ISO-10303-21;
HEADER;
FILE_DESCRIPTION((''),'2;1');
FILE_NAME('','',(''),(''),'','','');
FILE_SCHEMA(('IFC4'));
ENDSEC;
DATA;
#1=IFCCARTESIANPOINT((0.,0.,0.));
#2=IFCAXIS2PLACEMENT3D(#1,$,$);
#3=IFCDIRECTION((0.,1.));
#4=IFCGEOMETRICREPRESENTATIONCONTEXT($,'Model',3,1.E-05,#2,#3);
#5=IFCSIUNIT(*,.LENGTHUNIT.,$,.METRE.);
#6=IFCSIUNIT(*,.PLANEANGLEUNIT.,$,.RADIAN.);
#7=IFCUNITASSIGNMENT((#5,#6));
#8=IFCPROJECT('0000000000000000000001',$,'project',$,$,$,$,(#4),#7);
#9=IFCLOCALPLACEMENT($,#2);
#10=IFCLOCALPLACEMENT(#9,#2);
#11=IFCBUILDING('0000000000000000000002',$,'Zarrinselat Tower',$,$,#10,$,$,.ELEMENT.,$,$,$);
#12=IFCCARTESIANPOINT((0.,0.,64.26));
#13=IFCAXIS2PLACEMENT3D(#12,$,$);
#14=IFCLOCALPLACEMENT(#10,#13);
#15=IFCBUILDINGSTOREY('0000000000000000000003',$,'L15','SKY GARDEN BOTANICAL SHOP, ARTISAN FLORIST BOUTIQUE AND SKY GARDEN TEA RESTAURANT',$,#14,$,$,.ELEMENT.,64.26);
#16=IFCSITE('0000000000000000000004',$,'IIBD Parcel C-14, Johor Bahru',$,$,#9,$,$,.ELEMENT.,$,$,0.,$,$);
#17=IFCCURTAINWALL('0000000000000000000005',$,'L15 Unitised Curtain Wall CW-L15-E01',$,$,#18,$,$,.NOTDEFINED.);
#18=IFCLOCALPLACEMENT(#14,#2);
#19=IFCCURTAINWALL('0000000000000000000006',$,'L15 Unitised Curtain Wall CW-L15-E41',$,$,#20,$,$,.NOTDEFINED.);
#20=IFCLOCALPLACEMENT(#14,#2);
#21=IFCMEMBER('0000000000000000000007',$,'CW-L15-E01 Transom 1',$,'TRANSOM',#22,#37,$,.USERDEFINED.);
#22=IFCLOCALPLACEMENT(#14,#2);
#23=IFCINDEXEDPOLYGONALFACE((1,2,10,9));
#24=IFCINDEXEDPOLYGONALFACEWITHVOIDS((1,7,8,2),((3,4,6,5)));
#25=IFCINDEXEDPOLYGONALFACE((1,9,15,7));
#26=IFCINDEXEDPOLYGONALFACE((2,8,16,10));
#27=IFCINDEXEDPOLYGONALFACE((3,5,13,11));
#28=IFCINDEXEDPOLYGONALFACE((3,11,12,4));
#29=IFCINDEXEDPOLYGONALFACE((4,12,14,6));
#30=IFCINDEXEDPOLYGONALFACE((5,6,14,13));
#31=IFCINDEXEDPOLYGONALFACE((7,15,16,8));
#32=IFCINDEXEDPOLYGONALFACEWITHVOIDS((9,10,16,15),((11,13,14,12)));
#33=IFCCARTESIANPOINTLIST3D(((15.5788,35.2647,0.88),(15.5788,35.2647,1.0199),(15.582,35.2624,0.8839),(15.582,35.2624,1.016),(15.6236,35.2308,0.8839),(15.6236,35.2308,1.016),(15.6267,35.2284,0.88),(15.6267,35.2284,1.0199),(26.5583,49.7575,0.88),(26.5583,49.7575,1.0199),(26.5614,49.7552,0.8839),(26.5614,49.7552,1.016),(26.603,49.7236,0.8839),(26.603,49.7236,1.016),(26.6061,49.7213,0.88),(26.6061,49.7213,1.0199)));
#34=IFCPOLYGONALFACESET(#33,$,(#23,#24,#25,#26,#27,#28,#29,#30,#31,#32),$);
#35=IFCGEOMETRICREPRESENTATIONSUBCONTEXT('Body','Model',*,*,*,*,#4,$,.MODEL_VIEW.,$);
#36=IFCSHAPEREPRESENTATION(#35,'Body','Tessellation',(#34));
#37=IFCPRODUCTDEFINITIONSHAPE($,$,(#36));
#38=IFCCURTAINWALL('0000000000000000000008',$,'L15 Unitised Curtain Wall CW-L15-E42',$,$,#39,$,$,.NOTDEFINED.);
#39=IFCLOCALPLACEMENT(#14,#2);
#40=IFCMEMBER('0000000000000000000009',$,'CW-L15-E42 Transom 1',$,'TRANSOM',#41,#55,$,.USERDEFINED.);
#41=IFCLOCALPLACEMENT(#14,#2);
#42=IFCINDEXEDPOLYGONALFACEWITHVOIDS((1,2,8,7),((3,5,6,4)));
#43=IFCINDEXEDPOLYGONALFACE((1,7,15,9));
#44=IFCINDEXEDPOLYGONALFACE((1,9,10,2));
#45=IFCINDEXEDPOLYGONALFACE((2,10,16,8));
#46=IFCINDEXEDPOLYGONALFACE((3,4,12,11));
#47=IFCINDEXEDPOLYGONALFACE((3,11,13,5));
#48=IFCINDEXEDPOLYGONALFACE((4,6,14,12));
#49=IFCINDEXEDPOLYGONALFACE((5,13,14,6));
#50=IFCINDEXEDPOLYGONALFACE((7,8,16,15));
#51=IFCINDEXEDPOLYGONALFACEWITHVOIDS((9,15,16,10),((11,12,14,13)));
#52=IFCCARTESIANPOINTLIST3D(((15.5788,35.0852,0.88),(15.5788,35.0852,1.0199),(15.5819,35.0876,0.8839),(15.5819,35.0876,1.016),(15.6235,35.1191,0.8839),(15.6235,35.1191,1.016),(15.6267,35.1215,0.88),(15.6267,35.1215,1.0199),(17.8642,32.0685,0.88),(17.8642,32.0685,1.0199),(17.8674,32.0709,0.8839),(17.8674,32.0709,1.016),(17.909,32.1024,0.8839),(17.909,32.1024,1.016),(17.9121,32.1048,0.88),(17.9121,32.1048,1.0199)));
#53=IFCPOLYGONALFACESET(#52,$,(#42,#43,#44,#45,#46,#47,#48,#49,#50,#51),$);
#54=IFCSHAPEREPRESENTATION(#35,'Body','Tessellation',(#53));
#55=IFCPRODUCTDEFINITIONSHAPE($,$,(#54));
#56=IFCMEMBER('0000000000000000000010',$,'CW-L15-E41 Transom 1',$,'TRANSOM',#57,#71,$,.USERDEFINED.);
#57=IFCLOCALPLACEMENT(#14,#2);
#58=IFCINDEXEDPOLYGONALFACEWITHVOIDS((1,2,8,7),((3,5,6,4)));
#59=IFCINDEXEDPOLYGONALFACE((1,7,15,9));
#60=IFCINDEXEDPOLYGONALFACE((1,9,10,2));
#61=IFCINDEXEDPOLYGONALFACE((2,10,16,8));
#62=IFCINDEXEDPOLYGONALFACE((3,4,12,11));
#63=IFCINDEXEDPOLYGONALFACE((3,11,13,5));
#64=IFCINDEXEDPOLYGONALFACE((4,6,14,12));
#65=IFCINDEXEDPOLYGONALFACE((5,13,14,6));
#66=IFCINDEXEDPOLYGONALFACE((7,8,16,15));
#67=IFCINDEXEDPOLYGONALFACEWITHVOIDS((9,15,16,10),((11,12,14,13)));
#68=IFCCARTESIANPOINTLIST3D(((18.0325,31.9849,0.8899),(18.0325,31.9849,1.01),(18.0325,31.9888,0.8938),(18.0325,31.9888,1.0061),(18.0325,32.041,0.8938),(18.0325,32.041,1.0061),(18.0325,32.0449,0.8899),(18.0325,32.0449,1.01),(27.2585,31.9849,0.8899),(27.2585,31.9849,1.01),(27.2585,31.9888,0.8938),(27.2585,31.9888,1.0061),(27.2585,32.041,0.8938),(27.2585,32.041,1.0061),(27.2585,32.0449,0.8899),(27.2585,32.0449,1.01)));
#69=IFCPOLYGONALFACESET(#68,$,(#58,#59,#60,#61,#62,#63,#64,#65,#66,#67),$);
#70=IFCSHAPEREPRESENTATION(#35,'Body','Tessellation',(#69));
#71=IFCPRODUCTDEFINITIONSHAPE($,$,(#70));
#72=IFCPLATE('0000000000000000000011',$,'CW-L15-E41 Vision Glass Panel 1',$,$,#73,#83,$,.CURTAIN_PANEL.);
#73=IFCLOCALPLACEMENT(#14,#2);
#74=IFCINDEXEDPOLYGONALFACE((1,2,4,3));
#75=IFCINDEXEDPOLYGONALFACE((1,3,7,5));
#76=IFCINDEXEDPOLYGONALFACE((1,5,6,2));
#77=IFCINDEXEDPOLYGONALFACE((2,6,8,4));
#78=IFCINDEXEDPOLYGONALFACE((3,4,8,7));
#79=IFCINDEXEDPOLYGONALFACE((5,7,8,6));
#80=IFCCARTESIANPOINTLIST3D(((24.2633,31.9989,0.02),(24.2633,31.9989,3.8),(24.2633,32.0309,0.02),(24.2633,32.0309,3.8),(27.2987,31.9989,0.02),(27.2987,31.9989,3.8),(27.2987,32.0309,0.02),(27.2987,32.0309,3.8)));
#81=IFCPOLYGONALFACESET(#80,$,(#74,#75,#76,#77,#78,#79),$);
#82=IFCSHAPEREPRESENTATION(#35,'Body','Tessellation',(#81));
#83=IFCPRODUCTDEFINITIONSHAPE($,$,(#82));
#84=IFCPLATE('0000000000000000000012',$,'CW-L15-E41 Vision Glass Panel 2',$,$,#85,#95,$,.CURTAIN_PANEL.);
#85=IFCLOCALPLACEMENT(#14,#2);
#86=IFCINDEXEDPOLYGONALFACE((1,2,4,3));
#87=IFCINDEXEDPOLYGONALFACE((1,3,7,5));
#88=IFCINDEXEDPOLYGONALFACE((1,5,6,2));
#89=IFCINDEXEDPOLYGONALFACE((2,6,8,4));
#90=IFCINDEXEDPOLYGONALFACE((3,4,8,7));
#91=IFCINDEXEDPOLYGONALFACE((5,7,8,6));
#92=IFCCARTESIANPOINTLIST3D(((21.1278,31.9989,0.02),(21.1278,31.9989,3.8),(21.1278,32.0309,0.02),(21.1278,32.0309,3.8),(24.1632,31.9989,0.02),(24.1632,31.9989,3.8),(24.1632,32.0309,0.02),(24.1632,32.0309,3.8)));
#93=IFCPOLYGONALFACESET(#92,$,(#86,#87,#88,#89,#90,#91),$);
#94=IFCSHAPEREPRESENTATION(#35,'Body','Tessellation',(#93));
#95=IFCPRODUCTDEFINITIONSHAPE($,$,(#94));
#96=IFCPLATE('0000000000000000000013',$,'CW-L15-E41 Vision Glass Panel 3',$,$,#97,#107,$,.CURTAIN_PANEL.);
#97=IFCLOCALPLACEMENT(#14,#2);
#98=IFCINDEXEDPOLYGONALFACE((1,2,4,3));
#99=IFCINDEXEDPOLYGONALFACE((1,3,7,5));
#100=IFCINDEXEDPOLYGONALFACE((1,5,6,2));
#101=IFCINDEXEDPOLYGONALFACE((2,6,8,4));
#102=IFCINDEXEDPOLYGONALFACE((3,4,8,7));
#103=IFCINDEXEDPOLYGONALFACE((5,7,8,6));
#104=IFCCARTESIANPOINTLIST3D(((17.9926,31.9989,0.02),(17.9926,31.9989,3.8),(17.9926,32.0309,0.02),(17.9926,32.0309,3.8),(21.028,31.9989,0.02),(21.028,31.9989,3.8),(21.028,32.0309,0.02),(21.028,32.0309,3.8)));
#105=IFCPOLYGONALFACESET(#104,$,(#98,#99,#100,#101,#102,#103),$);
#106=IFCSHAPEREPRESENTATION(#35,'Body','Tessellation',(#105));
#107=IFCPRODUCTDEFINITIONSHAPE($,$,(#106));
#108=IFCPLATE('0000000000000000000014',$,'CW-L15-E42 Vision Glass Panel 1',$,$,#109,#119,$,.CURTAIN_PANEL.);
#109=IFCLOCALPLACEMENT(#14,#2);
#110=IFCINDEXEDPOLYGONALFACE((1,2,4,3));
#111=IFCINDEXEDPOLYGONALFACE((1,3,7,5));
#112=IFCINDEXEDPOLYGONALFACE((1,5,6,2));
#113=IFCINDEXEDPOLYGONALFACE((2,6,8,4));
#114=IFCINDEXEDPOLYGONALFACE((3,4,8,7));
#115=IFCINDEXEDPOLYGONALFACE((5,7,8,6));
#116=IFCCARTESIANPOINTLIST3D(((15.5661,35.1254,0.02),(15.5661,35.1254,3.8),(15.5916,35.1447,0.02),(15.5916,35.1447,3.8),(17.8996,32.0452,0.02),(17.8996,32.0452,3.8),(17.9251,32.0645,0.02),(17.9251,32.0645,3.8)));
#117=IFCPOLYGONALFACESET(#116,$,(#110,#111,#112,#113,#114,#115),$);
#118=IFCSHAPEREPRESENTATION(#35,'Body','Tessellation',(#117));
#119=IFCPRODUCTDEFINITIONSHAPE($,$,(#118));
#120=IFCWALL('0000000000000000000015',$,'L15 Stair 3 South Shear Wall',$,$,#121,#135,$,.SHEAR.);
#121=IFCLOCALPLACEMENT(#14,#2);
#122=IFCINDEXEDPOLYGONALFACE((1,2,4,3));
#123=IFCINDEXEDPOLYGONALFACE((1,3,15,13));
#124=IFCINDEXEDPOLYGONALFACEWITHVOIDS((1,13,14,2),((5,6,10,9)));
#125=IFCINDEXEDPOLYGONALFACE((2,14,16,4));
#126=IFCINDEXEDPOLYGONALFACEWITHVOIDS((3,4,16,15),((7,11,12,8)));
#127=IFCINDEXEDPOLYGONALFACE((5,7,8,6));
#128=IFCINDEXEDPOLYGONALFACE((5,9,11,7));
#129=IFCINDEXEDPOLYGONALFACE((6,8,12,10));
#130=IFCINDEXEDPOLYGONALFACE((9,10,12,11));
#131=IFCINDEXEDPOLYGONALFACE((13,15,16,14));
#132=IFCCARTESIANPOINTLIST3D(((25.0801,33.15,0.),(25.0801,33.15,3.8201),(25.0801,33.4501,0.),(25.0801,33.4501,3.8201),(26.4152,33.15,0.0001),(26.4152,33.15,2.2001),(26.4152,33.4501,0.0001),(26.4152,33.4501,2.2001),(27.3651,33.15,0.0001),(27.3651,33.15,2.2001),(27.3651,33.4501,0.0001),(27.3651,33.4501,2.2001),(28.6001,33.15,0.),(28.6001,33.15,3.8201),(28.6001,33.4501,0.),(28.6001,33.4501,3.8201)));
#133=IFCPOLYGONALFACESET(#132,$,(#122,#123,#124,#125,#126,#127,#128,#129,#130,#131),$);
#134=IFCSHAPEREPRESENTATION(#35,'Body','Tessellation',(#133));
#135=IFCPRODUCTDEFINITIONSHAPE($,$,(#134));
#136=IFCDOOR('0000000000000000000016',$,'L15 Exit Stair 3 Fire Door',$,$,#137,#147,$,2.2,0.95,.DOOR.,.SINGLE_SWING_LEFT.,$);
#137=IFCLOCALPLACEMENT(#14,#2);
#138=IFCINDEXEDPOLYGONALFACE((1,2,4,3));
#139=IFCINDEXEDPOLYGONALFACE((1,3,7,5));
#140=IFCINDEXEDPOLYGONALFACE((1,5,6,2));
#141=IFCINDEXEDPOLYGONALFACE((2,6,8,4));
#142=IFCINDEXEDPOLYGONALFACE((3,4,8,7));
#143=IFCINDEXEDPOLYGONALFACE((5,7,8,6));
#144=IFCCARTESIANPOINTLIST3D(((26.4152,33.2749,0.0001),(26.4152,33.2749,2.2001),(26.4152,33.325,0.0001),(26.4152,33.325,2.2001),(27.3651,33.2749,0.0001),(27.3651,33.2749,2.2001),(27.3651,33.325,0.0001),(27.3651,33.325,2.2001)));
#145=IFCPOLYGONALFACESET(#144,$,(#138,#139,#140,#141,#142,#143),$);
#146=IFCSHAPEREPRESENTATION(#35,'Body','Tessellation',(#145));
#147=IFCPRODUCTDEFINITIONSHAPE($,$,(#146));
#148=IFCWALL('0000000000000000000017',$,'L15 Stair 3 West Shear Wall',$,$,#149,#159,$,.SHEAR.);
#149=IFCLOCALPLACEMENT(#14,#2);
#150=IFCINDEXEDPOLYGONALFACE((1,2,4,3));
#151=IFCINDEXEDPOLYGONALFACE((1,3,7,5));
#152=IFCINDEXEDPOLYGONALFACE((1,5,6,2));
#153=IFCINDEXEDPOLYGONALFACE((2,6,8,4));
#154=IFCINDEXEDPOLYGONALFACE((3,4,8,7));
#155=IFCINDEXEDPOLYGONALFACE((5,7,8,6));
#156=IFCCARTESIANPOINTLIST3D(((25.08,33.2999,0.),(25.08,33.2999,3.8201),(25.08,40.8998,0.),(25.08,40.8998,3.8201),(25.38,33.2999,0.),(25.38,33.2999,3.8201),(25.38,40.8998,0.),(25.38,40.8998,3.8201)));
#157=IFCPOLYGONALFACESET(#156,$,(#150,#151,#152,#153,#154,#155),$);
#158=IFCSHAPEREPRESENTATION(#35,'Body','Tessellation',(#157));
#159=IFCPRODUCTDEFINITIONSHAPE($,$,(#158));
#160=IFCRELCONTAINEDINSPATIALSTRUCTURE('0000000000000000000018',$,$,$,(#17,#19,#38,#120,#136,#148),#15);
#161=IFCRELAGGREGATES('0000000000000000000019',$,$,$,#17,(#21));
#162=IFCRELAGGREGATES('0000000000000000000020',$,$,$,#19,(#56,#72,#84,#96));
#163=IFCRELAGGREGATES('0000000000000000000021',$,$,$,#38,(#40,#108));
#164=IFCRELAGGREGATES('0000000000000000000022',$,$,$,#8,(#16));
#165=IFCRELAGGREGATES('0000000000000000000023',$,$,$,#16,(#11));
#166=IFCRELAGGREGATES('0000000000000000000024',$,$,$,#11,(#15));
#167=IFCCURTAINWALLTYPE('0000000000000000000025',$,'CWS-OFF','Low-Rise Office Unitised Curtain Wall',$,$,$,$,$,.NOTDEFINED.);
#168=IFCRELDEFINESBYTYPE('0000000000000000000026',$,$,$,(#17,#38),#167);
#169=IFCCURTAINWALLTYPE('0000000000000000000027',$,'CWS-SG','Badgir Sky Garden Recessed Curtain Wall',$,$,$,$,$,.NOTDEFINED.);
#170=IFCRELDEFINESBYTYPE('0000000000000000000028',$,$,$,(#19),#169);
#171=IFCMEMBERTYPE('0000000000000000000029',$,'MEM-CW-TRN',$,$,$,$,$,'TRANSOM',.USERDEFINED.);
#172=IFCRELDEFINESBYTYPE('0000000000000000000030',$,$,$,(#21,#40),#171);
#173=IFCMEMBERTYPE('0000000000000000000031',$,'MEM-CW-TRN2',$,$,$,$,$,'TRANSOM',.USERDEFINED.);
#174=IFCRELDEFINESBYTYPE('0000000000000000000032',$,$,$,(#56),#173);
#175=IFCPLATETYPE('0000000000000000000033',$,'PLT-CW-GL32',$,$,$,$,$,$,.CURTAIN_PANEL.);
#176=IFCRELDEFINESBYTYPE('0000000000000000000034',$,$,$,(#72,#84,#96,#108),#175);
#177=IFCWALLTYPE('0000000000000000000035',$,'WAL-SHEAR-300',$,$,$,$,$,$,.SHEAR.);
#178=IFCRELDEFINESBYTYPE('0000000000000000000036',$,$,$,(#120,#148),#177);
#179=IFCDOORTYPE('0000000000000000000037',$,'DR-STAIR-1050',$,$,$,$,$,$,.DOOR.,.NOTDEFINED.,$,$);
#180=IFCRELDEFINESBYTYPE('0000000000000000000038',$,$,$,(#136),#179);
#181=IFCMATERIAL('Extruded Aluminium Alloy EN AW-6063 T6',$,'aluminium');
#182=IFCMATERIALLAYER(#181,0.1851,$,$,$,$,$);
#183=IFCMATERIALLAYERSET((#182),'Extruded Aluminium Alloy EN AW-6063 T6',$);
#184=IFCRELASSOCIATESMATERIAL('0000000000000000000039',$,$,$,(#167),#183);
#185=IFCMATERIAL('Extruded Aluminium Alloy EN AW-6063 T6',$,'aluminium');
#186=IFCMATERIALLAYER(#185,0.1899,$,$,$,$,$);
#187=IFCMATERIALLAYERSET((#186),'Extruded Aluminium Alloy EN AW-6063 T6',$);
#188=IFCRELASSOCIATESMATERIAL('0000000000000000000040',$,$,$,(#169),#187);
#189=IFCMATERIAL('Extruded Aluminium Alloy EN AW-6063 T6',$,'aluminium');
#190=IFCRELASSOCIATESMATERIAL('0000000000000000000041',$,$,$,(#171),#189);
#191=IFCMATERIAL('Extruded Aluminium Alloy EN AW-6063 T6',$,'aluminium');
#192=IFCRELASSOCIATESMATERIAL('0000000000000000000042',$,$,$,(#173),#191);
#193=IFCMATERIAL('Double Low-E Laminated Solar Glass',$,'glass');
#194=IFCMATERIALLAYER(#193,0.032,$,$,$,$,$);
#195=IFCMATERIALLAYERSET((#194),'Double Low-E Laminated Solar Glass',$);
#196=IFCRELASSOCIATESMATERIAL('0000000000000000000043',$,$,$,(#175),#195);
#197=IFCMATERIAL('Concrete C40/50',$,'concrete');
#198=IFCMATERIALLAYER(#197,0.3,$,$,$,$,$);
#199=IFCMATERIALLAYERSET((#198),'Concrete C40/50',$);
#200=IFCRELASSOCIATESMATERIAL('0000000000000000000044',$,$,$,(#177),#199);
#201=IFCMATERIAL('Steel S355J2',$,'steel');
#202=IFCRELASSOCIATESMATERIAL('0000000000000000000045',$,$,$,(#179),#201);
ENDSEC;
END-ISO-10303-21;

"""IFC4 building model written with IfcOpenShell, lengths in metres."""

from ifc_helpers import new_model, si_unit, direction, frame, frame_2d, origin, origin_2d, place, context, subcontext, project, spatial, rectangle, hollow_rectangle, extrude, material, layer, layer_set, material_profile, profile_set, type_object, element, fill, aggregate, save


model = new_model("IFC4")

# Units and contexts
model_context = context("Model", 3, precision=1e-05, world=origin(), true_north=direction((0.0, 1.0)))
body_context = subcontext(model_context, "Body", "Model", "MODEL_VIEW")
ifc_project = project(units=[si_unit("LENGTHUNIT", "METRE"), si_unit("PLANEANGLEUNIT", "RADIAN")], contexts=[model_context])

# Site, building, storey
site_placement = place(None, origin())
site = spatial("IfcSite", under=ifc_project, at=site_placement, Name="IIBD Parcel C-14, Johor Bahru", CompositionType="ELEMENT", RefElevation=0.0)
building_placement = place(site_placement, origin())
building = spatial("IfcBuilding", under=site, at=building_placement, Name="Zarrinselat Tower", CompositionType="ELEMENT")
storey_placement = place(building_placement, frame((0.0, 0.0, 64.26)))
storey = spatial("IfcBuildingStorey", under=building, at=storey_placement, Name="L15", Description="SKY GARDEN BOTANICAL SHOP, ARTISAN FLORIST BOUTIQUE AND SKY GARDEN TEA RESTAURANT", CompositionType="ELEMENT", Elevation=64.26)

# Curtain wall
ifc_material_1 = material(Name="Extruded Aluminium Alloy EN AW-6063 T6", Category="aluminium")
ifc_layer_1 = layer(ifc_material_1, 0.1851)
ifc_layer_set_1 = layer_set([ifc_layer_1], Name="Extruded Aluminium Alloy EN AW-6063 T6")
curtain_wall_type_1 = type_object("IfcCurtainWallType", Name="CWS-OFF", Description="Low-Rise Office Unitised Curtain Wall", PredefinedType="NOTDEFINED", material=ifc_layer_set_1)
curtain_wall_1_placement = place(storey_placement, origin())
curtain_wall_1 = element("IfcCurtainWall", 1, at=curtain_wall_1_placement, inside=storey, type_object=curtain_wall_type_1, Name="L15 Unitised Curtain Wall CW-L15-E01", PredefinedType="NOTDEFINED")

# Curtain wall
ifc_material_2 = material(Name="Extruded Aluminium Alloy EN AW-6063 T6", Category="aluminium")
ifc_layer_2 = layer(ifc_material_2, 0.1899)
ifc_layer_set_2 = layer_set([ifc_layer_2], Name="Extruded Aluminium Alloy EN AW-6063 T6")
curtain_wall_type_2 = type_object("IfcCurtainWallType", Name="CWS-SG", Description="Badgir Sky Garden Recessed Curtain Wall", PredefinedType="NOTDEFINED", material=ifc_layer_set_2)
curtain_wall_2_placement = place(storey_placement, origin())
curtain_wall_2 = element("IfcCurtainWall", 2, at=curtain_wall_2_placement, inside=storey, type_object=curtain_wall_type_2, Name="L15 Unitised Curtain Wall CW-L15-E41", PredefinedType="NOTDEFINED")

# Member
ifc_material_3 = material(Name="Extruded Aluminium Alloy EN AW-6063 T6", Category="aluminium")
ifc_material_profile_1 = material_profile(ifc_material_3, hollow_rectangle(XDim=0.0601, YDim=0.1399, WallThickness=0.0039, at=origin_2d()), Name="RHS 140x60x4")
ifc_profile_set_1 = profile_set([ifc_material_profile_1], Name="Extruded Aluminium Alloy EN AW-6063 T6")
member_type_1 = type_object("IfcMemberType", Name="MEM-CW-TRN", ElementType="TRANSOM", PredefinedType="USERDEFINED", material=ifc_profile_set_1)
member_1_placement = place(storey_placement, frame((15.6028, 35.2466, 0.95), z_axis=(0.603858, 0.797092, 0.0), x_axis=(-0.797092, 0.603858, 0.0)))
member_1 = element("IfcMember", 3, at=member_1_placement, type_object=member_type_1, Name="CW-L15-E01 Transom 1", ObjectType="TRANSOM", PredefinedType="USERDEFINED", context=body_context, shape_type="SweptSolid", body=[
    extrude(hollow_rectangle(XDim=0.0601, YDim=0.1399, WallThickness=0.0039, at=origin_2d()), origin(), (0.0, 0.0, 1.0), 18.1821),
])
aggregate(curtain_wall_1, [member_1])

# Curtain wall, member
curtain_wall_3_placement = place(storey_placement, origin())
curtain_wall_3 = element("IfcCurtainWall", 4, at=curtain_wall_3_placement, inside=storey, type_object=curtain_wall_type_1, Name="L15 Unitised Curtain Wall CW-L15-E42", PredefinedType="NOTDEFINED")
member_2_placement = place(storey_placement, frame((17.8882, 32.0867, 0.95), z_axis=(-0.603874, 0.79708, 0.0), x_axis=(-0.79708, -0.603874, 0.0)))
member_2 = element("IfcMember", 5, at=member_2_placement, type_object=member_type_1, Name="CW-L15-E42 Transom 1", ObjectType="TRANSOM", PredefinedType="USERDEFINED", context=body_context, shape_type="SweptSolid", body=[
    extrude(hollow_rectangle(XDim=0.0601, YDim=0.1399, WallThickness=0.0039, at=origin_2d()), origin(), (0.0, 0.0, 1.0), 3.7847),
])

# Member
ifc_material_4 = material(Name="Extruded Aluminium Alloy EN AW-6063 T6", Category="aluminium")
ifc_material_profile_2 = material_profile(ifc_material_4, hollow_rectangle(XDim=0.0601, YDim=0.1201, WallThickness=0.0039, at=origin_2d()), Name="RHS 120x60x4")
ifc_profile_set_2 = profile_set([ifc_material_profile_2], Name="Extruded Aluminium Alloy EN AW-6063 T6")
member_type_2 = type_object("IfcMemberType", Name="MEM-CW-TRN2", ElementType="TRANSOM", PredefinedType="USERDEFINED", material=ifc_profile_set_2)
member_3_placement = place(storey_placement, frame((27.2585, 32.0149, 0.95), z_axis=(-1.0, 0.0, 0.0), x_axis=(0.0, -1.0, 0.0)))
member_3 = element("IfcMember", 6, at=member_3_placement, type_object=member_type_2, Name="CW-L15-E41 Transom 1", ObjectType="TRANSOM", PredefinedType="USERDEFINED", context=body_context, shape_type="SweptSolid", body=[
    extrude(hollow_rectangle(XDim=0.0601, YDim=0.1201, WallThickness=0.0039, at=origin_2d()), origin(), (0.0, 0.0, 1.0), 9.2261),
])

# Plates
ifc_material_5 = material(Name="Double Low-E Laminated Solar Glass", Category="glass")
ifc_layer_3 = layer(ifc_material_5, 0.032)
ifc_layer_set_3 = layer_set([ifc_layer_3], Name="Double Low-E Laminated Solar Glass")
plate_type = type_object("IfcPlateType", Name="PLT-CW-GL32", PredefinedType="CURTAIN_PANEL", material=ifc_layer_set_3)
plate_1_placement = place(storey_placement, frame((25.781, 32.0149, 0.02), z_axis=(0.0, 0.0, 1.0), x_axis=(-1.0, 0.0, 0.0)))
plate_1 = element("IfcPlate", 7, at=plate_1_placement, type_object=plate_type, Name="CW-L15-E41 Vision Glass Panel 1", PredefinedType="CURTAIN_PANEL", context=body_context, shape_type="SweptSolid", body=[
    extrude(rectangle(XDim=3.0354, YDim=0.032, at=origin_2d()), origin(), (0.0, 0.0, 1.0), 3.78),
])
plate_2_placement = place(storey_placement, frame((22.6455, 32.0149, 0.02), z_axis=(0.0, 0.0, 1.0), x_axis=(-1.0, 0.0, 0.0)))
plate_2 = element("IfcPlate", 8, at=plate_2_placement, type_object=plate_type, Name="CW-L15-E41 Vision Glass Panel 2", PredefinedType="CURTAIN_PANEL", context=body_context, shape_type="SweptSolid", body=[
    extrude(rectangle(XDim=3.0354, YDim=0.032, at=origin_2d()), origin(), (0.0, 0.0, 1.0), 3.78),
])
plate_3_placement = place(storey_placement, frame((19.5103, 32.0149, 0.02), z_axis=(0.0, 0.0, 1.0), x_axis=(-1.0, 0.0, 0.0)))
plate_3 = element("IfcPlate", 9, at=plate_3_placement, type_object=plate_type, Name="CW-L15-E41 Vision Glass Panel 3", PredefinedType="CURTAIN_PANEL", context=body_context, shape_type="SweptSolid", body=[
    extrude(rectangle(XDim=3.0354, YDim=0.032, at=origin_2d()), origin(), (0.0, 0.0, 1.0), 3.78),
])
aggregate(curtain_wall_2, [member_3, plate_1, plate_2, plate_3])
plate_4_placement = place(storey_placement, frame((16.7456, 33.595, 0.02), z_axis=(0.0, 0.0, 1.0), x_axis=(-0.603859, 0.797091, 0.0)))
plate_4 = element("IfcPlate", 10, at=plate_4_placement, type_object=plate_type, Name="CW-L15-E42 Vision Glass Panel 1", PredefinedType="CURTAIN_PANEL", context=body_context, shape_type="SweptSolid", body=[
    extrude(rectangle(XDim=3.8643, YDim=0.032, at=origin_2d()), origin(), (0.0, 0.0, 1.0), 3.78),
])
aggregate(curtain_wall_3, [member_2, plate_4])

# Wall, opening, door
ifc_material_6 = material(Name="Concrete C40/50", Category="concrete")
ifc_layer_4 = layer(ifc_material_6, 0.3)
ifc_layer_set_4 = layer_set([ifc_layer_4], Name="Concrete C40/50")
wall_type = type_object("IfcWallType", Name="WAL-SHEAR-300", PredefinedType="SHEAR", material=ifc_layer_set_4)
wall_1_placement = place(storey_placement, frame((25.0801, 33.3, 0.0), z_axis=(0.0, 0.0, 1.0), x_axis=(1.0, 0.0, 0.0)))
wall_1 = element("IfcWall", 11, at=wall_1_placement, inside=storey, type_object=wall_type, Name="L15 Stair 3 South Shear Wall", PredefinedType="SHEAR", context=body_context, shape_type="SweptSolid", body=[
    extrude(rectangle(XDim=3.52, YDim=0.3, at=frame_2d((1.76, 0.0))), origin(), (0.0, 0.0, 1.0), 3.8201),
])
opening_placement = place(wall_1_placement, frame((1.335, 0.0, 0.0)))
opening = element("IfcOpeningElement", 12, at=opening_placement, cuts=wall_1, PredefinedType="OPENING", context=body_context, shape_type="SweptSolid", body=[
    extrude(rectangle(XDim=0.95, YDim=2.2, at=frame_2d((0.4751, 1.1001))), frame((0.0, 0.1599, 0.0), z_axis=(0.0, -1.0, 0.0), x_axis=(1.0, 0.0, 0.0)), (0.0, 0.0, 1.0), 0.3201),
])
ifc_material_7 = material(Name="Steel S355J2", Category="steel")
door_type = type_object("IfcDoorType", Name="DR-STAIR-1050", OperationType="NOTDEFINED", PredefinedType="DOOR", material=ifc_material_7)
door_placement = place(opening_placement, origin())
door = element("IfcDoor", 13, at=door_placement, inside=storey, type_object=door_type, Name="L15 Exit Stair 3 Fire Door", OperationType="SINGLE_SWING_LEFT", OverallHeight=2.2, OverallWidth=0.95, PredefinedType="DOOR", context=body_context, shape_type="SweptSolid", body=[
    extrude(rectangle(XDim=0.95, YDim=2.2, at=frame_2d((0.4751, 1.1001))), frame((0.0, 0.0249, 0.0), z_axis=(0.0, -1.0, 0.0), x_axis=(1.0, 0.0, 0.0)), (0.0, 0.0, 1.0), 0.05),
])
fill(opening, door)

# Wall
wall_2_placement = place(storey_placement, frame((25.23, 33.3, 0.0), z_axis=(0.0, 0.0, 1.0), x_axis=(0.0, 1.0, 0.0)))
element("IfcWall", 14, at=wall_2_placement, inside=storey, type_object=wall_type, Name="L15 Stair 3 West Shear Wall", PredefinedType="SHEAR", context=body_context, shape_type="SweptSolid", body=[
    extrude(rectangle(XDim=7.5999, YDim=0.3, at=frame_2d((3.7998, 0.0))), origin(), (0.0, 0.0, 1.0), 3.8201),
])

save(model, "model.ifc")
